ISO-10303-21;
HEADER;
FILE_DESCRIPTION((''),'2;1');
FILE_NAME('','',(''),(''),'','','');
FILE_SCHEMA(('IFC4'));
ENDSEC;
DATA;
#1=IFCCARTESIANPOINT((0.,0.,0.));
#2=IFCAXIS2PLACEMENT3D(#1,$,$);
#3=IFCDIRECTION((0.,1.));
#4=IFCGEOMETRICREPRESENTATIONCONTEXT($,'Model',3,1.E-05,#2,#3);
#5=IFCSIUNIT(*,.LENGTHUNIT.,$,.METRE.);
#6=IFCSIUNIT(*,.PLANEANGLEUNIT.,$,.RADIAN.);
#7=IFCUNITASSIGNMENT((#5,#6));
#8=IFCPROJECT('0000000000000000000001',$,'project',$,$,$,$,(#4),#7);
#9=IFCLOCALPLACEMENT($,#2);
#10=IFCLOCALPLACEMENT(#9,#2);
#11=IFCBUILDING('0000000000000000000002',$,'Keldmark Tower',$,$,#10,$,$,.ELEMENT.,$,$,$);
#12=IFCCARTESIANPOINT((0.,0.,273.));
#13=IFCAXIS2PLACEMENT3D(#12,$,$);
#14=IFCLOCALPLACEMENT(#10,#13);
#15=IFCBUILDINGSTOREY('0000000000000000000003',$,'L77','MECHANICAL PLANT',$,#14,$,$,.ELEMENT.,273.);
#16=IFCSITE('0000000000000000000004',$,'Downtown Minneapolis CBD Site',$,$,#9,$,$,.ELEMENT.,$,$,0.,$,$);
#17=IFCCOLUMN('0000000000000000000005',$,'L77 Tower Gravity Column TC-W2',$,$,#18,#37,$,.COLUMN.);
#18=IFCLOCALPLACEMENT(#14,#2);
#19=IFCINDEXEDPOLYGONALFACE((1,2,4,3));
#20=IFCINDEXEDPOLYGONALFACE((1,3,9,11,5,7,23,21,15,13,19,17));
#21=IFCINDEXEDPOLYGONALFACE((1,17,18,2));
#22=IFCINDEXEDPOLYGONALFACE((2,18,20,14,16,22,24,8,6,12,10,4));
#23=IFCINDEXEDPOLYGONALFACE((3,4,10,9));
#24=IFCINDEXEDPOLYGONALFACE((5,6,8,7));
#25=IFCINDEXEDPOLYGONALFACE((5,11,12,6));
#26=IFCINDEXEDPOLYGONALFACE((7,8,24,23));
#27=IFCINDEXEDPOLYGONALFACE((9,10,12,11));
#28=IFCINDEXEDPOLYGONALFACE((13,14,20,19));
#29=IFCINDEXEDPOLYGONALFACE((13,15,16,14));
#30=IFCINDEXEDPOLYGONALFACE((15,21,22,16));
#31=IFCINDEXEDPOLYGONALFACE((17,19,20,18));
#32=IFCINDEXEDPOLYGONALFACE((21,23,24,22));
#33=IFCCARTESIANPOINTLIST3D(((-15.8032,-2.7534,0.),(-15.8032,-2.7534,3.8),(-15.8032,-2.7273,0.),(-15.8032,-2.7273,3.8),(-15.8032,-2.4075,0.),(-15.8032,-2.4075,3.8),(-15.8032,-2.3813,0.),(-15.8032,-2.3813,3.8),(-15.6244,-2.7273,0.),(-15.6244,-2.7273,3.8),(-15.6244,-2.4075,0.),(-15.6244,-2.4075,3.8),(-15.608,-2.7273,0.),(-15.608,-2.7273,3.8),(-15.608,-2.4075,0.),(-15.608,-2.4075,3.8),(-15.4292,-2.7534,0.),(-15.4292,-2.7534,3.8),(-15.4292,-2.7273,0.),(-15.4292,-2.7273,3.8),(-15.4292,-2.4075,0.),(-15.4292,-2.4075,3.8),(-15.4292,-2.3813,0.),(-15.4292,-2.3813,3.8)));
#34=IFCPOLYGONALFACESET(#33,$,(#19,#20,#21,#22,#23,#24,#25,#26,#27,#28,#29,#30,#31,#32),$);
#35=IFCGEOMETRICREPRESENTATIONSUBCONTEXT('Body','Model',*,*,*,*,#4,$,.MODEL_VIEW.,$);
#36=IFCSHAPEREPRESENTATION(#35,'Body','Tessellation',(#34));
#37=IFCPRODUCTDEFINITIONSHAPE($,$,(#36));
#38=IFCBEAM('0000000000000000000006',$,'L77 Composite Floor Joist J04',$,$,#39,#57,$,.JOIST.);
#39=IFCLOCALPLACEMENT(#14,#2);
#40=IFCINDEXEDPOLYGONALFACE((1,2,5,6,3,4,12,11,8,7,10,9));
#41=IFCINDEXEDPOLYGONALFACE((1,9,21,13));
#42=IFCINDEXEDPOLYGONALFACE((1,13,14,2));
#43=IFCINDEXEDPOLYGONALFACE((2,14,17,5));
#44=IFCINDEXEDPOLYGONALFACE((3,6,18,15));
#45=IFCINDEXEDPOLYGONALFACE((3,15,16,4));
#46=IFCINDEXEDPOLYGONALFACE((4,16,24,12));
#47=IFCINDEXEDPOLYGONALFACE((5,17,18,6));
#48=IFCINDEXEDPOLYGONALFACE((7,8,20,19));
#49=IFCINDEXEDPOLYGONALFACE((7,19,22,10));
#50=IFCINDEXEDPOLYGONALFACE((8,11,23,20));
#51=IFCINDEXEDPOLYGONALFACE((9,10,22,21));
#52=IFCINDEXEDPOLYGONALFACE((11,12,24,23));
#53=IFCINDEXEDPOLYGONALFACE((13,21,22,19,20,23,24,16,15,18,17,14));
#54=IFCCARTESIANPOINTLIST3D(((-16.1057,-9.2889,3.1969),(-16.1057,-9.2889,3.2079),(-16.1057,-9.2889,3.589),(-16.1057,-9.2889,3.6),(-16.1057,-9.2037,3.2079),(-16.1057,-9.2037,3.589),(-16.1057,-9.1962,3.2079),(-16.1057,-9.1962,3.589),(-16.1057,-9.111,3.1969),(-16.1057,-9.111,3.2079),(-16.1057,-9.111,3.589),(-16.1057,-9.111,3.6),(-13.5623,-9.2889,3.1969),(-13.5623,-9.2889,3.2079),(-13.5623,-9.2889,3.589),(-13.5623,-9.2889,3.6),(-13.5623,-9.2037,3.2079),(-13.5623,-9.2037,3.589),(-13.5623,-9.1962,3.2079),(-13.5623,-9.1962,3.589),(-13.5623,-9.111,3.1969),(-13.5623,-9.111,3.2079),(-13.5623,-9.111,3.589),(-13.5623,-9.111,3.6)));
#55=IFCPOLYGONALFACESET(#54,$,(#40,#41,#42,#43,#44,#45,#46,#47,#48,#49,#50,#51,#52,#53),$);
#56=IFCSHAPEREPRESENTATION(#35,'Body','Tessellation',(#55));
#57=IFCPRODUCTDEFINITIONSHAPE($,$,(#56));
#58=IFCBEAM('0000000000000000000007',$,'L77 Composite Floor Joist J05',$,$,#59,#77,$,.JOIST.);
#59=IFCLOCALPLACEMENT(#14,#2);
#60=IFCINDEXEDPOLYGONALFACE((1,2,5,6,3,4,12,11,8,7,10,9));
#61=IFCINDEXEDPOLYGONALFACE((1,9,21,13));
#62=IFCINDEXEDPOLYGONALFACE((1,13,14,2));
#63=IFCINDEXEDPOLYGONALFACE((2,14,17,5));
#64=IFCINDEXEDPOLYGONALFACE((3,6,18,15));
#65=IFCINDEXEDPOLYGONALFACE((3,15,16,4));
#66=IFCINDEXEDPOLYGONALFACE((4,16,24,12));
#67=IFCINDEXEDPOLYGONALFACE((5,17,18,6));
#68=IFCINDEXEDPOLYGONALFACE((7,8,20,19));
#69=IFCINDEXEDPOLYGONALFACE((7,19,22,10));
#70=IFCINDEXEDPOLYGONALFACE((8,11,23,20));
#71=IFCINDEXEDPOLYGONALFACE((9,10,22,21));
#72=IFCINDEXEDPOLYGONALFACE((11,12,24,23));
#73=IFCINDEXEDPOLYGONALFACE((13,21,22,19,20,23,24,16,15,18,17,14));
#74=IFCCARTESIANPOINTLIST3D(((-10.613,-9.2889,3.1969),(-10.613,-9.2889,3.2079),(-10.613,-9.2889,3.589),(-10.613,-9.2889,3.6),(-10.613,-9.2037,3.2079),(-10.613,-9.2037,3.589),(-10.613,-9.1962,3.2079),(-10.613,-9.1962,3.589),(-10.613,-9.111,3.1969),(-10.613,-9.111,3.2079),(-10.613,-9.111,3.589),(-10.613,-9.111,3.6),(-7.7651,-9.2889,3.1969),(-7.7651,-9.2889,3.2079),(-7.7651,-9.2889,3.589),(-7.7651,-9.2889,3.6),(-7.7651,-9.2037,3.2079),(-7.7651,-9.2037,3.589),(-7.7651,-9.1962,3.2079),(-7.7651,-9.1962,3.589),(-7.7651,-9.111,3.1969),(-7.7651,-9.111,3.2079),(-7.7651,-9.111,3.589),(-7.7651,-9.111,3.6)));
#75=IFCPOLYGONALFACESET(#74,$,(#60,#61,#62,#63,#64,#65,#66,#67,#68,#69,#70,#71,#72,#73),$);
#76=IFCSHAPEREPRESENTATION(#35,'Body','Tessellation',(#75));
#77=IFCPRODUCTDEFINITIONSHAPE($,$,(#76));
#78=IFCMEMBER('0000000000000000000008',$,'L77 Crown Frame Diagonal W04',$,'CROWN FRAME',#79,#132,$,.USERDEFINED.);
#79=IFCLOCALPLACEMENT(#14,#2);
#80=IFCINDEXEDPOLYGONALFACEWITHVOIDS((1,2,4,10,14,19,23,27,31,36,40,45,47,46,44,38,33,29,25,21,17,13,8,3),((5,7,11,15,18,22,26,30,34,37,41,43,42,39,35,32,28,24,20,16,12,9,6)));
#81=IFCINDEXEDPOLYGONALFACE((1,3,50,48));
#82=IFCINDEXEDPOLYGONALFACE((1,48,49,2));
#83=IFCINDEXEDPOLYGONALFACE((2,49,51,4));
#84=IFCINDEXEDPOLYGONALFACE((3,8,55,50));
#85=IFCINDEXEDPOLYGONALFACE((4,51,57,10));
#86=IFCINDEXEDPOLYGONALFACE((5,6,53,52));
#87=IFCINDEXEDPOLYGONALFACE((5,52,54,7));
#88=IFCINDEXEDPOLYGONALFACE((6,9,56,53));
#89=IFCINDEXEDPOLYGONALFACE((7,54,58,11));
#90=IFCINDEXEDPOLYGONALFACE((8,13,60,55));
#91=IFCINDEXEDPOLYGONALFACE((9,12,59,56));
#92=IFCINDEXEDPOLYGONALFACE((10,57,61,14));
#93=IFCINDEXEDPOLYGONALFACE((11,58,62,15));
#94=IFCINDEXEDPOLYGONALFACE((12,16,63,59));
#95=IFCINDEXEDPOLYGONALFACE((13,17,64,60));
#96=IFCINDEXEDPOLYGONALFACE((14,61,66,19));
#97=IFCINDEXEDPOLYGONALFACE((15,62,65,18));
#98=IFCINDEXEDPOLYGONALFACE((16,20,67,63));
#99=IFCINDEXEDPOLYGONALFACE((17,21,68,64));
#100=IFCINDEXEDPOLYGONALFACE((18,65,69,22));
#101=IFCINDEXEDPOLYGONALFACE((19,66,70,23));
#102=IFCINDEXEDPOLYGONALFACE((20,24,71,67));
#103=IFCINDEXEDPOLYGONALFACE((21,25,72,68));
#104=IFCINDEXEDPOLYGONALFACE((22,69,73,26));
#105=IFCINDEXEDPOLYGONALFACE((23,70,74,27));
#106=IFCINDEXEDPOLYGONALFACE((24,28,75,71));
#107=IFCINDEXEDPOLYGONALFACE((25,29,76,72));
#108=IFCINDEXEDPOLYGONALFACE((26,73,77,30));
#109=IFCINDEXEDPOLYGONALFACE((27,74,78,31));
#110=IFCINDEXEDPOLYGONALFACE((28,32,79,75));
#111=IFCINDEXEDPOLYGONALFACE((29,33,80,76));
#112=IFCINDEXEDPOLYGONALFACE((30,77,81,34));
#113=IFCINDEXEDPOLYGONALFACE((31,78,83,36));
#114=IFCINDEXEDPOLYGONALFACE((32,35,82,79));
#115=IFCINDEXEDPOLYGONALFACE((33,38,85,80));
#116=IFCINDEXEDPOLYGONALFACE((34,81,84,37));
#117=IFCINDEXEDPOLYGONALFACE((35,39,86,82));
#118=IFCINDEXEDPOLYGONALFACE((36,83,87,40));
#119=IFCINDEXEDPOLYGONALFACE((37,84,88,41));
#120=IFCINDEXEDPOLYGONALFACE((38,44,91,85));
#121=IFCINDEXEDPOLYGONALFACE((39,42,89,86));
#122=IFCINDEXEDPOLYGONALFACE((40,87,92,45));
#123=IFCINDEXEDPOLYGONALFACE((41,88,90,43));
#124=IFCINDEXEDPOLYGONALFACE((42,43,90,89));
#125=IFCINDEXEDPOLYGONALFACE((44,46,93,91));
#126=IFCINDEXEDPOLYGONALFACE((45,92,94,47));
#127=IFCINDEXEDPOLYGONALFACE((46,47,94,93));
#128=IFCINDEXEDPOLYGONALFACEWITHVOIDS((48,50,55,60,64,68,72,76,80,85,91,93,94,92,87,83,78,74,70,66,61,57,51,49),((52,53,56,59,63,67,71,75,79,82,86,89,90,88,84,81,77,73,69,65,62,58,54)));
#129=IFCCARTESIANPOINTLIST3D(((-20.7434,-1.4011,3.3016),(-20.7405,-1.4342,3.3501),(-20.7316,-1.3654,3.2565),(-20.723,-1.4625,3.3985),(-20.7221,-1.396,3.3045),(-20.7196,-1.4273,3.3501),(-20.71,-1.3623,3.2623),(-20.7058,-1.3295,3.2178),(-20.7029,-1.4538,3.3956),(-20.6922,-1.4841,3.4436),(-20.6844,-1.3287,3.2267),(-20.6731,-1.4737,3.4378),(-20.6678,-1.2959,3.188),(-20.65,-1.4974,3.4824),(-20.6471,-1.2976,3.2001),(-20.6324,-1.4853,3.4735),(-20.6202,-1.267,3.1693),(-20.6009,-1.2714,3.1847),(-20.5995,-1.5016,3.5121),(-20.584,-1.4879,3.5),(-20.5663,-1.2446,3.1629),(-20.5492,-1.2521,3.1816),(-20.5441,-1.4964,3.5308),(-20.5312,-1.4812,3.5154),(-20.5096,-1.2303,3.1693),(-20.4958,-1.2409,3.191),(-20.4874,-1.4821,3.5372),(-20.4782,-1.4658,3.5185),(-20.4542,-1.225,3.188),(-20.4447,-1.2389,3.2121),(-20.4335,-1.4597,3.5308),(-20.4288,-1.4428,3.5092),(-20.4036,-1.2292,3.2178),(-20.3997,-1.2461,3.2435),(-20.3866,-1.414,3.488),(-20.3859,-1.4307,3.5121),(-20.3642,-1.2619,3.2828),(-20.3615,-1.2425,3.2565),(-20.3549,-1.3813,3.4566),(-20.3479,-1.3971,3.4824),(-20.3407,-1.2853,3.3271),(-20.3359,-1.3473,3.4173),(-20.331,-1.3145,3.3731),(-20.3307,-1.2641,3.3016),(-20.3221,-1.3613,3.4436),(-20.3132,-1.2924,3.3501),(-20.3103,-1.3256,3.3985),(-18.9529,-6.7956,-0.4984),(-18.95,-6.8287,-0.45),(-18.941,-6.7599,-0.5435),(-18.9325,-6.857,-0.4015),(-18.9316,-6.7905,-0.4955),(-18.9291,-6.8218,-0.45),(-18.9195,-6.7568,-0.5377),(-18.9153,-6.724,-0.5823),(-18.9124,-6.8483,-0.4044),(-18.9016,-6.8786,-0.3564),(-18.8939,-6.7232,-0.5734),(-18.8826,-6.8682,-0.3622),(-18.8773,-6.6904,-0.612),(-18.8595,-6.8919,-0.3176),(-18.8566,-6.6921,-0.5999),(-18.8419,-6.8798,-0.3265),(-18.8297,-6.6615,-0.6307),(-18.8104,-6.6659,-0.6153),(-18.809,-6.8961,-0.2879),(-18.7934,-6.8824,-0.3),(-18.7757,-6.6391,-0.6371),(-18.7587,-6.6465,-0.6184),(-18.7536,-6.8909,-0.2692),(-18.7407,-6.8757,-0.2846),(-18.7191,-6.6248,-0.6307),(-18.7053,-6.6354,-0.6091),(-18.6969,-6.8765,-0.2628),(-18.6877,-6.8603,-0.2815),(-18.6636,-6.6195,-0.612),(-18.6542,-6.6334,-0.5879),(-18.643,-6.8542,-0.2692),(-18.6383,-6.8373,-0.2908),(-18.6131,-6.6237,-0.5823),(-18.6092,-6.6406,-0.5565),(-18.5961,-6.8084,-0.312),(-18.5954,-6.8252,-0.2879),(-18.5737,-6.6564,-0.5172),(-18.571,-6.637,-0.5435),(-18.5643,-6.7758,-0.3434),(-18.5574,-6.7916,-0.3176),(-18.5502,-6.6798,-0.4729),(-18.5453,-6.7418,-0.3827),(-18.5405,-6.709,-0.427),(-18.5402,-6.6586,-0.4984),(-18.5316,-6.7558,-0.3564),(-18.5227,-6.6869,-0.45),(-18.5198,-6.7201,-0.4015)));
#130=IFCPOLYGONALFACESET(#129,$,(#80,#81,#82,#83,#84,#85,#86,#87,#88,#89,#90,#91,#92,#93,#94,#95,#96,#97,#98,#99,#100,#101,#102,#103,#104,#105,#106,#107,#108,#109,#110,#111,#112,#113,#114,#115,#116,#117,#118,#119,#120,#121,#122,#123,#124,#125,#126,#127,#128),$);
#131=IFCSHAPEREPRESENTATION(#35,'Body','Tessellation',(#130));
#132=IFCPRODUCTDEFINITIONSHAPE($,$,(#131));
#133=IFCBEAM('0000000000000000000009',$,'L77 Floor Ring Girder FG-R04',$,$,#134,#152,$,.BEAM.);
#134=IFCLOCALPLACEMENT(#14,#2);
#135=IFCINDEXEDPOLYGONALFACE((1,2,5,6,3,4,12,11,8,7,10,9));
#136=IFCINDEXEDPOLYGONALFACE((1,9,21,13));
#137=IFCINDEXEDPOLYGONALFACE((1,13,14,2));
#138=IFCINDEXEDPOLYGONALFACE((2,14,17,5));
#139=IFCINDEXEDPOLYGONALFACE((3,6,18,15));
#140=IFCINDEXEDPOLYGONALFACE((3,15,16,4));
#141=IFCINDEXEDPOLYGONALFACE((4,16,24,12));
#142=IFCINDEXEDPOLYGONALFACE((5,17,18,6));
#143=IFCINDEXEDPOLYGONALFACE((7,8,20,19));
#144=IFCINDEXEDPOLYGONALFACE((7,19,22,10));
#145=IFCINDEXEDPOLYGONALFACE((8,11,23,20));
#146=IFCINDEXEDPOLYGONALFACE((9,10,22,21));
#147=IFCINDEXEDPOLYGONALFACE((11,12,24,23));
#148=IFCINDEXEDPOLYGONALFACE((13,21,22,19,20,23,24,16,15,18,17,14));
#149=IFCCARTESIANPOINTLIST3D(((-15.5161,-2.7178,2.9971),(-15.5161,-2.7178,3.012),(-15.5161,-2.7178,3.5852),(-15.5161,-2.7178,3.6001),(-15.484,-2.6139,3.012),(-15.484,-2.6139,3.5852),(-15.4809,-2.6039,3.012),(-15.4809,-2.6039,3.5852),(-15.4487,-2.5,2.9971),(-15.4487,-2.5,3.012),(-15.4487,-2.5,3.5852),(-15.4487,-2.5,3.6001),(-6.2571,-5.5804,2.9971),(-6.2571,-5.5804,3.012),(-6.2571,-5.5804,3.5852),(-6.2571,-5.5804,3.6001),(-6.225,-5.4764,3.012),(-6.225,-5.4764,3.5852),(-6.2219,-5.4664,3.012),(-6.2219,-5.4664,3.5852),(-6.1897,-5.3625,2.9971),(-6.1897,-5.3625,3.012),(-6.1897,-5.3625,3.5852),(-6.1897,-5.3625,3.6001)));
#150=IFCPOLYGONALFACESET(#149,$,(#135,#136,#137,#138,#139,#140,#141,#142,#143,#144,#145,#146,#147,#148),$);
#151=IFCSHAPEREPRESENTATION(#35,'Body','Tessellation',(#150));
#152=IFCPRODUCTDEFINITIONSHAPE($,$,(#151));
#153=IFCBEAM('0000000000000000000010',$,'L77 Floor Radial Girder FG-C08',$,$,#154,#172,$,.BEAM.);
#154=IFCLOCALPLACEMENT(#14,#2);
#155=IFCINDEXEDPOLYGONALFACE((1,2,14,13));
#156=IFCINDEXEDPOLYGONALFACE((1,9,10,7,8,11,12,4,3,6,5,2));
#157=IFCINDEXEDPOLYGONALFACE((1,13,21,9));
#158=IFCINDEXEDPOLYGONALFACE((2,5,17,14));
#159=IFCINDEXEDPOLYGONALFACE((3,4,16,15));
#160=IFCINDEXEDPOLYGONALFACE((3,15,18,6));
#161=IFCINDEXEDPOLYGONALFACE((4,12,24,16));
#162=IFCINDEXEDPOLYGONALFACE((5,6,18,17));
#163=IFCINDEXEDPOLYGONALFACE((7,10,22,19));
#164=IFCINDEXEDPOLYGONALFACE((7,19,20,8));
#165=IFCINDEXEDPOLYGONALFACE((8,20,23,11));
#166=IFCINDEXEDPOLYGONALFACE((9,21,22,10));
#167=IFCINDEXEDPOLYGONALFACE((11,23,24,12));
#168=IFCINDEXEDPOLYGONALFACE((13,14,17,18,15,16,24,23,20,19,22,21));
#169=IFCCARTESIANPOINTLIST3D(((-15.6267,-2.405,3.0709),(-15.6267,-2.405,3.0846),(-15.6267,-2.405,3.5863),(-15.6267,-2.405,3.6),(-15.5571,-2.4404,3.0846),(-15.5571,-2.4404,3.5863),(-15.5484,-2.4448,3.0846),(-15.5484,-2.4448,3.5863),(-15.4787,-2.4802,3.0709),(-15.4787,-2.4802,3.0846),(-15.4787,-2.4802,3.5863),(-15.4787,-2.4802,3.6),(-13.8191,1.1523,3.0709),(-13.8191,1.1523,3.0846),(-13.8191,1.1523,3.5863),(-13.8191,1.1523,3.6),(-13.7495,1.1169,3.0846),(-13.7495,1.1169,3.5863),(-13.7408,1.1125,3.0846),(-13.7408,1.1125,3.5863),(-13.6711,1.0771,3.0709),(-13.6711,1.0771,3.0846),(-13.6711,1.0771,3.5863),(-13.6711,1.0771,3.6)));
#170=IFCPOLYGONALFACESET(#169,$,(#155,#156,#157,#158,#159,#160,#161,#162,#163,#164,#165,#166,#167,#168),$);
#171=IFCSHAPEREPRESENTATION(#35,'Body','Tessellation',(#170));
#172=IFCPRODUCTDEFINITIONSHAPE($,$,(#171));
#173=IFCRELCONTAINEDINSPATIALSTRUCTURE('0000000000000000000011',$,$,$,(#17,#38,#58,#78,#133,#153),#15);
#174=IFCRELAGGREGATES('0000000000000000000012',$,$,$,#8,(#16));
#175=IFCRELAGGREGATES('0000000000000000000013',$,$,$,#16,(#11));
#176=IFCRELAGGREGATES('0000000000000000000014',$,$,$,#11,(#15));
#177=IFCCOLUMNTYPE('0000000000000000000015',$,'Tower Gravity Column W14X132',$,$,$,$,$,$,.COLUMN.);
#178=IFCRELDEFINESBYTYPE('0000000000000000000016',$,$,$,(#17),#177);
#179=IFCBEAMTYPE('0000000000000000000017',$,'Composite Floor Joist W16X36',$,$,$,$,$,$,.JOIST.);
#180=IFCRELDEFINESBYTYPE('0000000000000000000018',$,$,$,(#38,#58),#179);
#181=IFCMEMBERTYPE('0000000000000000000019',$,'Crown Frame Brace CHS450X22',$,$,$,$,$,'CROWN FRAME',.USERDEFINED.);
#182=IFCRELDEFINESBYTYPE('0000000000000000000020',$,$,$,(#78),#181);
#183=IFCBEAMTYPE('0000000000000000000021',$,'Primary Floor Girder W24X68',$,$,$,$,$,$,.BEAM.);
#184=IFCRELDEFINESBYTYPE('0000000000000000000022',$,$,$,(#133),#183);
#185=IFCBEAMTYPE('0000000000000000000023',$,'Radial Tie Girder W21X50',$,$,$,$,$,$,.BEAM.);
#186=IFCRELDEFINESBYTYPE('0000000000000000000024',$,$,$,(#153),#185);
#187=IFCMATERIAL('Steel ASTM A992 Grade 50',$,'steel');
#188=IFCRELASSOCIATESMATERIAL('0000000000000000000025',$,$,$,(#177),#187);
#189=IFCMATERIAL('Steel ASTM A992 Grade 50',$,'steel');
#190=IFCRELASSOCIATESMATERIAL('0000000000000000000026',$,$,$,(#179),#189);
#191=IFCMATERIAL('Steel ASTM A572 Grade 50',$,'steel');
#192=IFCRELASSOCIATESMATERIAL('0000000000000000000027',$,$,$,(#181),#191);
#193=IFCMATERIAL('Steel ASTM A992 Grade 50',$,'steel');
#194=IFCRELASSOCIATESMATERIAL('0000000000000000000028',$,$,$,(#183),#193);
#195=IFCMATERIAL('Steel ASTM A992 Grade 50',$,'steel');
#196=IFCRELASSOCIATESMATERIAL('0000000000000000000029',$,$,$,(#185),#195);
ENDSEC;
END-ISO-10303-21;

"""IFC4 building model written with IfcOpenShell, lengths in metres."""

from ifc_helpers import new_model, si_unit, direction, frame, origin, origin_2d, place, context, subcontext, project, spatial, hollow_circle, i_section, extrude, material, material_profile, profile_set, type_object, element, save


model = new_model("IFC4")

# Units and contexts
model_context = context("Model", 3, precision=1e-05, world=origin(), true_north=direction((0.0, 1.0)))
body_context = subcontext(model_context, "Body", "Model", "MODEL_VIEW")
ifc_project = project(units=[si_unit("LENGTHUNIT", "METRE"), si_unit("PLANEANGLEUNIT", "RADIAN")], contexts=[model_context])

# Site, building, storey
site_placement = place(None, origin())
site = spatial("IfcSite", under=ifc_project, at=site_placement, Name="Downtown Minneapolis CBD Site", CompositionType="ELEMENT", RefElevation=0.0)
building_placement = place(site_placement, origin())
building = spatial("IfcBuilding", under=site, at=building_placement, Name="Keldmark Tower", CompositionType="ELEMENT")
storey_placement = place(building_placement, frame((0.0, 0.0, 273.0)))
storey = spatial("IfcBuildingStorey", under=building, at=storey_placement, Name="L77", Description="MECHANICAL PLANT", CompositionType="ELEMENT", Elevation=273.0)

# Column
ifc_material_1 = material(Name="Steel ASTM A992 Grade 50", Category="steel")
ifc_material_profile_1 = material_profile(ifc_material_1, i_section(OverallWidth=0.374, OverallDepth=0.3721, WebThickness=0.0164, FlangeThickness=0.0261, at=origin_2d()), Name="W14X132")
ifc_profile_set_1 = profile_set([ifc_material_profile_1], Name="Steel ASTM A992 Grade 50")
column_type = type_object("IfcColumnType", Name="Tower Gravity Column W14X132", PredefinedType="COLUMN", material=ifc_profile_set_1)
column_placement = place(storey_placement, frame((-15.6162, -2.5674, 0.0), z_axis=(0.0, 0.0, 1.0), x_axis=(1.0, 0.0, 0.0)))
element("IfcColumn", 1, at=column_placement, inside=storey, type_object=column_type, Name="L77 Tower Gravity Column TC-W2", PredefinedType="COLUMN", context=body_context, shape_type="SweptSolid", body=[
    extrude(i_section(OverallWidth=0.374, OverallDepth=0.3721, WebThickness=0.0164, FlangeThickness=0.0261, at=origin_2d()), origin(), (0.0, 0.0, 1.0), 3.8),
])

# Beams
ifc_material_2 = material(Name="Steel ASTM A992 Grade 50", Category="steel")
ifc_material_profile_2 = material_profile(ifc_material_2, i_section(OverallWidth=0.178, OverallDepth=0.4031, WebThickness=0.0076, FlangeThickness=0.011, at=origin_2d()), Name="W16X36")
ifc_profile_set_2 = profile_set([ifc_material_profile_2], Name="Steel ASTM A992 Grade 50")
beam_type_1 = type_object("IfcBeamType", Name="Composite Floor Joist W16X36", PredefinedType="JOIST", material=ifc_profile_set_2)
beam_1_placement = place(storey_placement, frame((-16.1057, -9.2, 3.3984), z_axis=(1.0, 0.0, 0.0), x_axis=(0.0, 1.0, 0.0)))
element("IfcBeam", 2, at=beam_1_placement, inside=storey, type_object=beam_type_1, Name="L77 Composite Floor Joist J04", PredefinedType="JOIST", context=body_context, shape_type="SweptSolid", body=[
    extrude(i_section(OverallWidth=0.178, OverallDepth=0.4031, WebThickness=0.0076, FlangeThickness=0.011, at=origin_2d()), origin(), (0.0, 0.0, 1.0), 2.5435),
])
beam_2_placement = place(storey_placement, frame((-10.613, -9.2, 3.3984), z_axis=(1.0, 0.0, 0.0), x_axis=(0.0, 1.0, 0.0)))
element("IfcBeam", 3, at=beam_2_placement, inside=storey, type_object=beam_type_1, Name="L77 Composite Floor Joist J05", PredefinedType="JOIST", context=body_context, shape_type="SweptSolid", body=[
    extrude(i_section(OverallWidth=0.178, OverallDepth=0.4031, WebThickness=0.0076, FlangeThickness=0.011, at=origin_2d()), origin(), (0.0, 0.0, 1.0), 2.8479),
])

# Member
ifc_material_3 = material(Name="Steel ASTM A572 Grade 50", Category="steel")
ifc_material_profile_3 = material_profile(ifc_material_3, hollow_circle(Radius=0.2251, WallThickness=0.022, at=origin_2d()), Name="CHS450X22")
ifc_profile_set_3 = profile_set([ifc_material_profile_3], Name="Steel ASTM A572 Grade 50")
member_type = type_object("IfcMemberType", Name="Crown Frame Brace CHS450X22", ElementType="CROWN FRAME", PredefinedType="USERDEFINED", material=ifc_profile_set_3)
member_placement = place(storey_placement, frame((-18.7363, -6.7578, -0.45), z_axis=(-0.26188, 0.788997, 0.55579), x_axis=(-0.949086, -0.315016, 0.0)))
element("IfcMember", 4, at=member_placement, inside=storey, type_object=member_type, Name="L77 Crown Frame Diagonal W04", ObjectType="CROWN FRAME", PredefinedType="USERDEFINED", context=body_context, shape_type="SweptSolid", body=[
    extrude(hollow_circle(Radius=0.2251, WallThickness=0.022, at=origin_2d()), origin(), (0.0, 0.0, 1.0), 6.8372),
])

# Beams
ifc_material_4 = material(Name="Steel ASTM A992 Grade 50", Category="steel")
ifc_material_profile_4 = material_profile(ifc_material_4, i_section(OverallWidth=0.228, OverallDepth=0.603, WebThickness=0.0105, FlangeThickness=0.0149, at=origin_2d()), Name="W24X68")
ifc_profile_set_4 = profile_set([ifc_material_profile_4], Name="Steel ASTM A992 Grade 50")
beam_type_2 = type_object("IfcBeamType", Name="Primary Floor Girder W24X68", PredefinedType="BEAM", material=ifc_profile_set_4)
beam_3_placement = place(storey_placement, frame((-15.4824, -2.6089, 3.2986), z_axis=(0.955383, -0.295369, 0.0), x_axis=(0.295369, 0.955383, 0.0)))
element("IfcBeam", 5, at=beam_3_placement, inside=storey, type_object=beam_type_2, Name="L77 Floor Ring Girder FG-R04", PredefinedType="BEAM", context=body_context, shape_type="SweptSolid", body=[
    extrude(i_section(OverallWidth=0.228, OverallDepth=0.603, WebThickness=0.0105, FlangeThickness=0.0149, at=origin_2d()), origin(), (0.0, 0.0, 1.0), 9.6914),
])
ifc_material_5 = material(Name="Steel ASTM A992 Grade 50", Category="steel")
ifc_material_profile_5 = material_profile(ifc_material_5, i_section(OverallWidth=0.166, OverallDepth=0.5291, WebThickness=0.0098, FlangeThickness=0.0137, at=origin_2d()), Name="W21X50")
ifc_profile_set_5 = profile_set([ifc_material_profile_5], Name="Steel ASTM A992 Grade 50")
beam_type_3 = type_object("IfcBeamType", Name="Radial Tie Girder W21X50", PredefinedType="BEAM", material=ifc_profile_set_5)
beam_4_placement = place(storey_placement, frame((-15.5527, -2.4426, 3.3354), z_axis=(0.453004, 0.891508, 0.0), x_axis=(-0.891508, 0.453004, 0.0)))
element("IfcBeam", 6, at=beam_4_placement, inside=storey, type_object=beam_type_3, Name="L77 Floor Radial Girder FG-C08", PredefinedType="BEAM", context=body_context, shape_type="SweptSolid", body=[
    extrude(i_section(OverallWidth=0.166, OverallDepth=0.5291, WebThickness=0.0098, FlangeThickness=0.0137, at=origin_2d()), origin(), (0.0, 0.0, 1.0), 3.9902),
])

save(model, "model.ifc")
